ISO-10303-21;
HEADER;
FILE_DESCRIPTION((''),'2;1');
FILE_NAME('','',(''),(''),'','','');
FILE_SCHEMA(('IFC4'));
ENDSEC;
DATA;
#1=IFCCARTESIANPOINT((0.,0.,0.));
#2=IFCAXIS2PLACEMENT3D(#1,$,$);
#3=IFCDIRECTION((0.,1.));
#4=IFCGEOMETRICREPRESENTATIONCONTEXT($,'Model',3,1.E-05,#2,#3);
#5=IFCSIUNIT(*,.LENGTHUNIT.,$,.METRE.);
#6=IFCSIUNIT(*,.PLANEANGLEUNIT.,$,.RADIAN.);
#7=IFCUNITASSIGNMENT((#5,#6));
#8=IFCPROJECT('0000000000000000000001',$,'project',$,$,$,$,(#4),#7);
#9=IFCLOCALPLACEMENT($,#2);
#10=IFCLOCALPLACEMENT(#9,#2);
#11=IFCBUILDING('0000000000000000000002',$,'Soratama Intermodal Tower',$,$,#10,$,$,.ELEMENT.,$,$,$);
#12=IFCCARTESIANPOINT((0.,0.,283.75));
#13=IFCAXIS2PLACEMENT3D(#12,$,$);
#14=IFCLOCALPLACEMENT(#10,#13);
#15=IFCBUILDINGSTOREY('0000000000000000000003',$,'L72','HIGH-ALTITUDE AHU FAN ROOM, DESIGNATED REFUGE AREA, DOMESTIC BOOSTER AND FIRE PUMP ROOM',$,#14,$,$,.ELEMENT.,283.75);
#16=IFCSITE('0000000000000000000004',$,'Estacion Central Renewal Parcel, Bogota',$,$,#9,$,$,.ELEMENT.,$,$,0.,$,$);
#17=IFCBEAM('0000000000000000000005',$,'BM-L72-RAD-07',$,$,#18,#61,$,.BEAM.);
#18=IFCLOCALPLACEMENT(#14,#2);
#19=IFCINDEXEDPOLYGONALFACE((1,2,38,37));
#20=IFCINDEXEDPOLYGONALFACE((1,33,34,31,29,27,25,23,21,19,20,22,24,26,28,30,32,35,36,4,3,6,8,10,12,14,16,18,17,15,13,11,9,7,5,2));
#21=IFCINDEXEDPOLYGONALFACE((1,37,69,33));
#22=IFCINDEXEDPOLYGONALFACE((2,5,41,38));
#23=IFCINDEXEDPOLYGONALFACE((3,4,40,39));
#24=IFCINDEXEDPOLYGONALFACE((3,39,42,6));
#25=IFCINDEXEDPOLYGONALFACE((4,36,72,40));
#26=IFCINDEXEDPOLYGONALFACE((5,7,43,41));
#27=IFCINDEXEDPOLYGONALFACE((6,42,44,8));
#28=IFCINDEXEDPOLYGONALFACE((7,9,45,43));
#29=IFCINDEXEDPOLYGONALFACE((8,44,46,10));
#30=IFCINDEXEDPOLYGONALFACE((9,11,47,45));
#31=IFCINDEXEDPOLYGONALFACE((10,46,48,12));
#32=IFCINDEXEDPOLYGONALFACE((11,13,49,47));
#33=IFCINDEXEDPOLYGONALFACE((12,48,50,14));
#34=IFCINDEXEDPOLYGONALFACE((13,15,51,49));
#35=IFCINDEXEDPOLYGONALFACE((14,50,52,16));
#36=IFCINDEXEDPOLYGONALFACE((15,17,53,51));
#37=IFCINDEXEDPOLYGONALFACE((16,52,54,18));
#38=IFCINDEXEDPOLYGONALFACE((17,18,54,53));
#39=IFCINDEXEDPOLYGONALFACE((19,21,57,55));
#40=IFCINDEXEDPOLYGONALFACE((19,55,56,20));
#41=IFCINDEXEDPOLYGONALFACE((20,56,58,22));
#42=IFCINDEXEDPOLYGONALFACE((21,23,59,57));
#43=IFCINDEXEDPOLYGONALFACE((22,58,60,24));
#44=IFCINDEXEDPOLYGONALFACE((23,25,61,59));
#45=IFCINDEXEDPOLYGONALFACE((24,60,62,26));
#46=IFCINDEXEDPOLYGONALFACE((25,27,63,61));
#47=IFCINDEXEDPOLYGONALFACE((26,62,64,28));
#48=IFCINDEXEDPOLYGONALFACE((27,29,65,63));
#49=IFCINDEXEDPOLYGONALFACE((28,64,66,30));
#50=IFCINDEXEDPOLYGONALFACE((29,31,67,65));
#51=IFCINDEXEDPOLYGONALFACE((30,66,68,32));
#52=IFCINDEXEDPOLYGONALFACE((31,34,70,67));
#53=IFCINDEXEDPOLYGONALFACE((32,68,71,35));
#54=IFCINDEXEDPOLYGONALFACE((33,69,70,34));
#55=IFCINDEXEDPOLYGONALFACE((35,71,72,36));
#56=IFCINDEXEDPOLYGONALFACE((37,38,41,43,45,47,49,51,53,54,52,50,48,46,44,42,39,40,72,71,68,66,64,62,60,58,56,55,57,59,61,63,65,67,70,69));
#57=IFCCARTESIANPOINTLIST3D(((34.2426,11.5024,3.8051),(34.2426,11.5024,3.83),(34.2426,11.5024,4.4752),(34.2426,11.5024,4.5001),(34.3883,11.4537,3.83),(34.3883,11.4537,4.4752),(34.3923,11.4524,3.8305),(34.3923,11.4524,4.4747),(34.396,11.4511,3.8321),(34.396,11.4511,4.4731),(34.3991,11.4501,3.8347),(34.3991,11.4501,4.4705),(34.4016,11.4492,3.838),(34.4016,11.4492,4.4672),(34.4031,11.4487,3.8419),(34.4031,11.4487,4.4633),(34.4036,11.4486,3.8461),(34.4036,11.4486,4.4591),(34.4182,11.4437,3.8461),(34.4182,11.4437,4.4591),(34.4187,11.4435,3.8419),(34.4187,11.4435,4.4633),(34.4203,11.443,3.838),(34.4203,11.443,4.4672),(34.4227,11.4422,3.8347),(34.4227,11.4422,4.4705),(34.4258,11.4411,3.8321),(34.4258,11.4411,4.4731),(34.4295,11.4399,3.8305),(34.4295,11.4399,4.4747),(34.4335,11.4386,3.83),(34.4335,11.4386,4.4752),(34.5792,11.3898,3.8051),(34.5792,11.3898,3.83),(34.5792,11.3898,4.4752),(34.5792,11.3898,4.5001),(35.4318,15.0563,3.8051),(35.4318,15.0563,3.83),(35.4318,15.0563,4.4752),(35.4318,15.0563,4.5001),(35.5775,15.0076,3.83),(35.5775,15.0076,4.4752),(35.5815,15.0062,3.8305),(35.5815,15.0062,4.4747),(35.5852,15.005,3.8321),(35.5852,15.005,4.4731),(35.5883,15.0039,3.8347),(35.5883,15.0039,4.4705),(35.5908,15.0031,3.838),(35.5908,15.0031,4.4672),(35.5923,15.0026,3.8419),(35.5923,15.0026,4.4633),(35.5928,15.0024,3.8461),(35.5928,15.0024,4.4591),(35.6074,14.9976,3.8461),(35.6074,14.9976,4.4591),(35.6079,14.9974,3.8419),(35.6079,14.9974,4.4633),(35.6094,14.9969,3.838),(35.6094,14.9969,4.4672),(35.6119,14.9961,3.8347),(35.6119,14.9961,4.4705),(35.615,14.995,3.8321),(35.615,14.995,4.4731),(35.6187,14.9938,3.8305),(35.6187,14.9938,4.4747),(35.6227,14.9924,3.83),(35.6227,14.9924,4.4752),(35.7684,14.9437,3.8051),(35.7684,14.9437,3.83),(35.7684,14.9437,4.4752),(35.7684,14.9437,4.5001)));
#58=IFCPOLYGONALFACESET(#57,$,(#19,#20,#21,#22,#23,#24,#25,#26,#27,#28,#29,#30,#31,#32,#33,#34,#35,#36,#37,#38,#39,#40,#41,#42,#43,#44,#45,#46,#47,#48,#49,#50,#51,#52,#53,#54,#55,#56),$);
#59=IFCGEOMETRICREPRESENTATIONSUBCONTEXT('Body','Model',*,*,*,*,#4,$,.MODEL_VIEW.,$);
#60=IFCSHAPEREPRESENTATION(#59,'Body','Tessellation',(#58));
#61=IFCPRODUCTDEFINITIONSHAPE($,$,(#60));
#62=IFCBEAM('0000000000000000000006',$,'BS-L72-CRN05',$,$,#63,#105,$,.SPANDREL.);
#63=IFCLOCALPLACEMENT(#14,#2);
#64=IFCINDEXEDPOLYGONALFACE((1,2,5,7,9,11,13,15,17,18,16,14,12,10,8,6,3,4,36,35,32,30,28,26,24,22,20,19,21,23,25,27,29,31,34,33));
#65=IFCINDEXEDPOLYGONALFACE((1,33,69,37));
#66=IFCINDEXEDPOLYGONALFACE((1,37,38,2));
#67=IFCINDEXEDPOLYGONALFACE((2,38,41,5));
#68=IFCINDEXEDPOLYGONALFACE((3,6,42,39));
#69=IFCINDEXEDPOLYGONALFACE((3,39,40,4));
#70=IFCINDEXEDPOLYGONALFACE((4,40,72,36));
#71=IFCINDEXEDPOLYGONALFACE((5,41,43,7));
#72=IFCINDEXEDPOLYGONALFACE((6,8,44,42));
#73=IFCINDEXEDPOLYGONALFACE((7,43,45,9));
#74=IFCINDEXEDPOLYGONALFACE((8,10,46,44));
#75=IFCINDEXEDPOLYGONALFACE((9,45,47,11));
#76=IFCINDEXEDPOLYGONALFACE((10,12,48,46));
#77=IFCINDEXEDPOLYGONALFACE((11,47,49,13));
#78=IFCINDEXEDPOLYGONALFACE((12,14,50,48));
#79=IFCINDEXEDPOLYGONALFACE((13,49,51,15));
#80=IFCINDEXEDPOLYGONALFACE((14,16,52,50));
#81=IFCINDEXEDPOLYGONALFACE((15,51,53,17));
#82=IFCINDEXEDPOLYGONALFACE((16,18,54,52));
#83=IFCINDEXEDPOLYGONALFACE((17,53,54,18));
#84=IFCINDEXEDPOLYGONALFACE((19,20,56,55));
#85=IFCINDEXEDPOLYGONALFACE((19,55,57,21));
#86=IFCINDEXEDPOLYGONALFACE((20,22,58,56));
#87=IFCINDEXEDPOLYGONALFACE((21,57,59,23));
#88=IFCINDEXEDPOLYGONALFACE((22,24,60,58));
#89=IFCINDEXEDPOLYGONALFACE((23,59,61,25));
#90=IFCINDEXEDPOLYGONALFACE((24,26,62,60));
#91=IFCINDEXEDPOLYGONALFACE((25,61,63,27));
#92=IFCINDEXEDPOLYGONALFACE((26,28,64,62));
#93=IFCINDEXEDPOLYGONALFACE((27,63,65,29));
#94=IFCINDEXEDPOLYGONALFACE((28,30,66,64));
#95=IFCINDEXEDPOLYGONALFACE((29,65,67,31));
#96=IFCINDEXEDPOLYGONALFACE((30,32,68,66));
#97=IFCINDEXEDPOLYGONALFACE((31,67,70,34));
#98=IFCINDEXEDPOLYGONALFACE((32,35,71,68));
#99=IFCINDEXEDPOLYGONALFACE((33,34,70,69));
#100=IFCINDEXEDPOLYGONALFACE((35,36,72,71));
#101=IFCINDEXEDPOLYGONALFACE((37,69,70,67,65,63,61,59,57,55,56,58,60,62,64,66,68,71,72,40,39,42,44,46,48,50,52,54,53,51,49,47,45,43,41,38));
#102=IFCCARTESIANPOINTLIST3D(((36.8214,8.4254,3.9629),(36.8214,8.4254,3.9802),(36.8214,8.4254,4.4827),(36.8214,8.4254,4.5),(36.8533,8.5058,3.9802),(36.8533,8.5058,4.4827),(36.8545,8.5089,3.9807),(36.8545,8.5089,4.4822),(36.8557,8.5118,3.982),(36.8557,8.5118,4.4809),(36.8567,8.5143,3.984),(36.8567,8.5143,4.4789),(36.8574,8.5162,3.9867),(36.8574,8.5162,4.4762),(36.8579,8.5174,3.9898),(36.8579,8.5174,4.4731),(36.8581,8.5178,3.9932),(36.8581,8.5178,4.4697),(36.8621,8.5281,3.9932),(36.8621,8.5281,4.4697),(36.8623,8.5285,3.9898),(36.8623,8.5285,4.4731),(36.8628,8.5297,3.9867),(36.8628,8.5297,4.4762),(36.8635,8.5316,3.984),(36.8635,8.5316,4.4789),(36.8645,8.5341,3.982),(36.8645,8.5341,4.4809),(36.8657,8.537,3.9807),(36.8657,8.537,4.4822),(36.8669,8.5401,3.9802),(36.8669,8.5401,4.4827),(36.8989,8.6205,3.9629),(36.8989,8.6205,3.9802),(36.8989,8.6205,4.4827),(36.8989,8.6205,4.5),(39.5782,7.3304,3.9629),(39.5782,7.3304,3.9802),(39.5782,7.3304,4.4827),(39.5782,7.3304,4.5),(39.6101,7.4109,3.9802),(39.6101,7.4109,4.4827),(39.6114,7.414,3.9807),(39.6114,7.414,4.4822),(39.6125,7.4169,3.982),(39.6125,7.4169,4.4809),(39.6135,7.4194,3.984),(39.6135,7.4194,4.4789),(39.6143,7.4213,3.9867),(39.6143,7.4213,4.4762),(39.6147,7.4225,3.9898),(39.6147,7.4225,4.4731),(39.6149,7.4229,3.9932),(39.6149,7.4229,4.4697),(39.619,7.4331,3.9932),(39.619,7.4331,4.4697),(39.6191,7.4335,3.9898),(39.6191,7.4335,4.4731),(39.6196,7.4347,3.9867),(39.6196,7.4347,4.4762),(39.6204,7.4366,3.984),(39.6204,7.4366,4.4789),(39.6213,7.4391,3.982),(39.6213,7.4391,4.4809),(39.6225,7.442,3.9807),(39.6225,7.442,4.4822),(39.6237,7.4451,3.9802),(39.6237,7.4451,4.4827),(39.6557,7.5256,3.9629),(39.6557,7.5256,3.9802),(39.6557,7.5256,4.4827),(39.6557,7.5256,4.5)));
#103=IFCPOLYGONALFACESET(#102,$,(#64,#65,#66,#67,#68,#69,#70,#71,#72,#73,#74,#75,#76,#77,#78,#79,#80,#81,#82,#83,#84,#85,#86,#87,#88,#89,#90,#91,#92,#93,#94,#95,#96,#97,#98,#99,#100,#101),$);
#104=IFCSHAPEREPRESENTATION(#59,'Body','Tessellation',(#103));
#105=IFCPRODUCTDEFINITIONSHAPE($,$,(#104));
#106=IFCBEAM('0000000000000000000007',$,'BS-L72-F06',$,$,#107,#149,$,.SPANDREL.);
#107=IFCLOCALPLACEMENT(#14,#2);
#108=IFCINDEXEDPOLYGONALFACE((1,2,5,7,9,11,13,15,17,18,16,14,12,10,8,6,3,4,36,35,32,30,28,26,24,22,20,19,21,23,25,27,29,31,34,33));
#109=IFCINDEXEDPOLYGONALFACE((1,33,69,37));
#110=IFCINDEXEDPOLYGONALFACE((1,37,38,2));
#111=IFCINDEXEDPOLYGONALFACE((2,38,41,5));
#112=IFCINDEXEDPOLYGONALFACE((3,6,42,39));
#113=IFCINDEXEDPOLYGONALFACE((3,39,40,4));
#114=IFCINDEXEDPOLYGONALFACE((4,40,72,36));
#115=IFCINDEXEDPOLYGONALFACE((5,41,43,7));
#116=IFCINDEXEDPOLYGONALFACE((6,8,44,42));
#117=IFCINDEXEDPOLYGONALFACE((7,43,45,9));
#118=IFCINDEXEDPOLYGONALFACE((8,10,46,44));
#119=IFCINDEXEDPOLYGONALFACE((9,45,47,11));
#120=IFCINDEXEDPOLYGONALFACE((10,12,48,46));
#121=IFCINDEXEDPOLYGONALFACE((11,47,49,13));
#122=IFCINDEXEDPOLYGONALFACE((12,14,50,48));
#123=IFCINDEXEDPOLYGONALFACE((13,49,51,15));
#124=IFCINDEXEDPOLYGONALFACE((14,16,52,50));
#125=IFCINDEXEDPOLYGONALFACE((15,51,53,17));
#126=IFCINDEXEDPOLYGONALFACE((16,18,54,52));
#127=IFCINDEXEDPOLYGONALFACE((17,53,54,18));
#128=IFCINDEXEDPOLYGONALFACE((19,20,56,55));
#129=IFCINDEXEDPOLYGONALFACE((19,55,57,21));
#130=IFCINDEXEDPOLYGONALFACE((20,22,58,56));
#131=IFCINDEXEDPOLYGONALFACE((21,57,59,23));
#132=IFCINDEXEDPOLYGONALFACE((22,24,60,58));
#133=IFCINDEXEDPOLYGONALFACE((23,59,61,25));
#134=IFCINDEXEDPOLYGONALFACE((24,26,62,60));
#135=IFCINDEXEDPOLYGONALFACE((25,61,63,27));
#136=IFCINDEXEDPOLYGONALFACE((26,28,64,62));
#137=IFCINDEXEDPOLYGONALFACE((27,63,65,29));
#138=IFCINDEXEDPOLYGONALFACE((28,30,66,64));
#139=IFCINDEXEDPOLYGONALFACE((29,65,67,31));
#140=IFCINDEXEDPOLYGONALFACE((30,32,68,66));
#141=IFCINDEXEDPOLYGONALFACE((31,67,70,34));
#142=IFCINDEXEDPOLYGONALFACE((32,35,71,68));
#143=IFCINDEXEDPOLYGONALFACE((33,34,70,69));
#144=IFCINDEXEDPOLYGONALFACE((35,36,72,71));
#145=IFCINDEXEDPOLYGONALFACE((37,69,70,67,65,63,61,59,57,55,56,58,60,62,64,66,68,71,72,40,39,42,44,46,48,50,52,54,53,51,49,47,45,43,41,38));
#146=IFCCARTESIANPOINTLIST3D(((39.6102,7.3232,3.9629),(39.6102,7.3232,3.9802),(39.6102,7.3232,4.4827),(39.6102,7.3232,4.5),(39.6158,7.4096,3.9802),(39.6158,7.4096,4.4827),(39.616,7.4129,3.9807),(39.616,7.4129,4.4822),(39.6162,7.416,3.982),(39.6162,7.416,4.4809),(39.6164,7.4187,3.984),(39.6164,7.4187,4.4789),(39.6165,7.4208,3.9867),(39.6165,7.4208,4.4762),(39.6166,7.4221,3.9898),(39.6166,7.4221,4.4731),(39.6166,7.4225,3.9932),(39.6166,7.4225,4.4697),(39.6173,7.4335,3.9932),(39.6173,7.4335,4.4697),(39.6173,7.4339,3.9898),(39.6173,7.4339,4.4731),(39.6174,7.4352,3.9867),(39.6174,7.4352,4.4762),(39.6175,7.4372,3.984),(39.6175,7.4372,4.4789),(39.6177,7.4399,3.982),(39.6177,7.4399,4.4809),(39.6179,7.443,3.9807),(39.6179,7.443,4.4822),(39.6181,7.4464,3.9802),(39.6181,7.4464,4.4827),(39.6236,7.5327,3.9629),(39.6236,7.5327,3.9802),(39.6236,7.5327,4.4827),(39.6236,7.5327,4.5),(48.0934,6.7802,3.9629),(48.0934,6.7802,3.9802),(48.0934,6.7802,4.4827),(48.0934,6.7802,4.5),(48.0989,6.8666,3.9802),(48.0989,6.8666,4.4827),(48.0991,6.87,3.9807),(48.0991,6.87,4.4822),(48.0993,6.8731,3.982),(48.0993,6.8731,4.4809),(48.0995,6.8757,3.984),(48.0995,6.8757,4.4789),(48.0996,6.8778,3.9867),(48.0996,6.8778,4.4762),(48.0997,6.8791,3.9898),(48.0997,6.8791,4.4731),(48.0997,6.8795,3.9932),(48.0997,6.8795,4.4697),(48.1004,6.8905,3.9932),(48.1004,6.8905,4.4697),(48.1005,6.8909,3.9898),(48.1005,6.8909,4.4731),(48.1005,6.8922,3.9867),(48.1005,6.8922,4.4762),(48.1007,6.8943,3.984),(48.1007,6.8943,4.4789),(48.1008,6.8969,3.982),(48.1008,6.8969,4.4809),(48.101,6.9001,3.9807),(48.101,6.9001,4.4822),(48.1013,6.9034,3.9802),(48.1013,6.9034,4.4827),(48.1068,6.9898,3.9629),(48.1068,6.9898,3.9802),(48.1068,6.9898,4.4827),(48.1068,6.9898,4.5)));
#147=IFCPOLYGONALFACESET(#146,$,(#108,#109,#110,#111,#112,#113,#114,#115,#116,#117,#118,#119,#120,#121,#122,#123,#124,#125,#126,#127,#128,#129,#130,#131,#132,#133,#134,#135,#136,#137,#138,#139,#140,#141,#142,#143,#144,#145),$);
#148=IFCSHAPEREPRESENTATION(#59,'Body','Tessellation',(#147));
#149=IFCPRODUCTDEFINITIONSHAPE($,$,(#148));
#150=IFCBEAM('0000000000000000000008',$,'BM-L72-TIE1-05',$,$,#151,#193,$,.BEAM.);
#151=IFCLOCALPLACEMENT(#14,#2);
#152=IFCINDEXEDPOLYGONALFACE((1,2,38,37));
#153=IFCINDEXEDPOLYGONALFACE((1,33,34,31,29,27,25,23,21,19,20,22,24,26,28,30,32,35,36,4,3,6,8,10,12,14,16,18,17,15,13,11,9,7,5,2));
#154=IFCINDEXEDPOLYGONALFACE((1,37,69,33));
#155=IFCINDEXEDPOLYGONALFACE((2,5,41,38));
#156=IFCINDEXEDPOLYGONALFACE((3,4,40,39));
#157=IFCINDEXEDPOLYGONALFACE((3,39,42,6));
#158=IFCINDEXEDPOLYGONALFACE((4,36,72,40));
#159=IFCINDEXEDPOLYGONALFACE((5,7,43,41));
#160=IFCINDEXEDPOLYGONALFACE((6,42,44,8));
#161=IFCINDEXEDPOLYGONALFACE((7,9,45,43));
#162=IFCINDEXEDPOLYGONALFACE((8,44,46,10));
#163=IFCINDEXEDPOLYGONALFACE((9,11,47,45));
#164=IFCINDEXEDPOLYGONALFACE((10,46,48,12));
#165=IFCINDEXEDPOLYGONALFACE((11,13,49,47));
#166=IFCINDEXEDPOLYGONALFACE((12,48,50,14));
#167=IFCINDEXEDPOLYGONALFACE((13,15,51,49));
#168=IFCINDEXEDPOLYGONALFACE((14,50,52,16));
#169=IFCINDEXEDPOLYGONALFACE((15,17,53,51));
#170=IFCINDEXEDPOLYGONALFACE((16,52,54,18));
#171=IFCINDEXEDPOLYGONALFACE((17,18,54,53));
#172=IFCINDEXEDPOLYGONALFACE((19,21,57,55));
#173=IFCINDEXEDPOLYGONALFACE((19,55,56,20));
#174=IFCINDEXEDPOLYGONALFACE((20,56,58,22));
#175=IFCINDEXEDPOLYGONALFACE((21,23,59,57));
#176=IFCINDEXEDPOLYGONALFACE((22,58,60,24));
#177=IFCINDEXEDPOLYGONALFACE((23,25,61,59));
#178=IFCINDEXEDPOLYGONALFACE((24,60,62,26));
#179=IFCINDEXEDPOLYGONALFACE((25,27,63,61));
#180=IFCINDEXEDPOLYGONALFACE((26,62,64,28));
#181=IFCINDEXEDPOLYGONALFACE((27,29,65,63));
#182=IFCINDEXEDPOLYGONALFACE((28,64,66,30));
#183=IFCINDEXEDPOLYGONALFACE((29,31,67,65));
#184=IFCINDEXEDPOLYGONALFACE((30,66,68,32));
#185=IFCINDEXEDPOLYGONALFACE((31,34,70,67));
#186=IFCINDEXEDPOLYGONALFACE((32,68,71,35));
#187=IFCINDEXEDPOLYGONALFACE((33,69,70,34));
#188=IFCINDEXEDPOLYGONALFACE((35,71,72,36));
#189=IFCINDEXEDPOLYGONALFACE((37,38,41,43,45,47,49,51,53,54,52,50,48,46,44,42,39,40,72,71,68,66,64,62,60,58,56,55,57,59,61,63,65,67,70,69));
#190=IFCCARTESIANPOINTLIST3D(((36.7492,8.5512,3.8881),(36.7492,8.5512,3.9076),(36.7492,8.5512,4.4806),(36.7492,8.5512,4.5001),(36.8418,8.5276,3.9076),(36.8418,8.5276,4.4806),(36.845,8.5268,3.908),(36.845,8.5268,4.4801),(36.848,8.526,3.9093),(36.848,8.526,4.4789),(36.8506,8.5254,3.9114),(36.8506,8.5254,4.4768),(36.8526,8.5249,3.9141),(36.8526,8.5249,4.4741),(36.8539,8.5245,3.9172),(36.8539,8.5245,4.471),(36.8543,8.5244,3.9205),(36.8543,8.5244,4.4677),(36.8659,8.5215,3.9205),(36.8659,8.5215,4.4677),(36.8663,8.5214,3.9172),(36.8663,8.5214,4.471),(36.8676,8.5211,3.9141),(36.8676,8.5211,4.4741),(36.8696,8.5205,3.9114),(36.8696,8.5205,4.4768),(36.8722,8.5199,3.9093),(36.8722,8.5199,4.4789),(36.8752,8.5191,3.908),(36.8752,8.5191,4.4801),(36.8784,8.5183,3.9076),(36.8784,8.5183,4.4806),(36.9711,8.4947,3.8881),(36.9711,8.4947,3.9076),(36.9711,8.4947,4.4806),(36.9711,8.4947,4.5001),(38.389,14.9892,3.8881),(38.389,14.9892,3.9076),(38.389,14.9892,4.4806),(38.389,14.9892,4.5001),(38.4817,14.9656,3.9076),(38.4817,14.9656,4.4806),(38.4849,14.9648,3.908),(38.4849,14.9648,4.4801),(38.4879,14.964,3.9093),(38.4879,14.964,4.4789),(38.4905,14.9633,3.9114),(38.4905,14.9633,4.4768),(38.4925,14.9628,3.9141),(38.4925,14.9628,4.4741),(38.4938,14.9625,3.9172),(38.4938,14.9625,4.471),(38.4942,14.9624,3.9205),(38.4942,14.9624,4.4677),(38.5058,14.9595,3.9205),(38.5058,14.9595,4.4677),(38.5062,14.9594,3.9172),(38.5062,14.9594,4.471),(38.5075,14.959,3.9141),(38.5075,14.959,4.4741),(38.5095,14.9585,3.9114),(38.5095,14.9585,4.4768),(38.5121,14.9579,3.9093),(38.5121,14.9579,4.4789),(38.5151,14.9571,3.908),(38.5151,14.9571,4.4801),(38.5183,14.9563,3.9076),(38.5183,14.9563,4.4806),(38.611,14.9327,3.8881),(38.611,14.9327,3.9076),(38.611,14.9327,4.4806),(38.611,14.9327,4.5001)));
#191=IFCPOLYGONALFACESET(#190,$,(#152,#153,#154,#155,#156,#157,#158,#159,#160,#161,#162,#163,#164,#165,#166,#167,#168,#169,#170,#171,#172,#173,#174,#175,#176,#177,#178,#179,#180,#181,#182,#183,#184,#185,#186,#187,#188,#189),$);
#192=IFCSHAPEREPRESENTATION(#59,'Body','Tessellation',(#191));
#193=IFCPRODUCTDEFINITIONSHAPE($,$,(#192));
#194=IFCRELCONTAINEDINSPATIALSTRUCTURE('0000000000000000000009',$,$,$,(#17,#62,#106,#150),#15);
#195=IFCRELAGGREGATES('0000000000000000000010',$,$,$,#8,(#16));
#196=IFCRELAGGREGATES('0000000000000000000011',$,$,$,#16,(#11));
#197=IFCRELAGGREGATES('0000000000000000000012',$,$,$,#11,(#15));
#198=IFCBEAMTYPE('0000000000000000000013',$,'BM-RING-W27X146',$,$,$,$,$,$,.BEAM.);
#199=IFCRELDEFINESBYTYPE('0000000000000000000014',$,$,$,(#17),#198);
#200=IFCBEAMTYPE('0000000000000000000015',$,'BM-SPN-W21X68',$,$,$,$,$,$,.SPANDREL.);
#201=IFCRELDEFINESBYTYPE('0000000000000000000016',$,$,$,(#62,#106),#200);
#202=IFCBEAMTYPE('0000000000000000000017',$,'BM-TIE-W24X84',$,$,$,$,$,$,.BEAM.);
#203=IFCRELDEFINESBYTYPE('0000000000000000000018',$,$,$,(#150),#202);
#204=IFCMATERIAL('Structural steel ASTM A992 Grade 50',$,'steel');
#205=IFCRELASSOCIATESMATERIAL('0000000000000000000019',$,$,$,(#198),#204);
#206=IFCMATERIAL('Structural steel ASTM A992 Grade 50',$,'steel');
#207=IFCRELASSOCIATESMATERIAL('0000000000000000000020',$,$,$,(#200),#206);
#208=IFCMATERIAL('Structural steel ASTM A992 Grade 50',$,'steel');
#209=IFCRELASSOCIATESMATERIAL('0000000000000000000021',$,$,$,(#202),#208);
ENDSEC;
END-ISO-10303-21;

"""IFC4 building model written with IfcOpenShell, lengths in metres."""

from ifc_helpers import new_model, si_unit, direction, frame, origin, origin_2d, place, context, subcontext, project, spatial, i_section, extrude, material, material_profile, profile_set, type_object, element, save


model = new_model("IFC4")

# Units and contexts
model_context = context("Model", 3, precision=1e-05, world=origin(), true_north=direction((0.0, 1.0)))
body_context = subcontext(model_context, "Body", "Model", "MODEL_VIEW")
ifc_project = project(units=[si_unit("LENGTHUNIT", "METRE"), si_unit("PLANEANGLEUNIT", "RADIAN")], contexts=[model_context])

# Site, building, storey
site_placement = place(None, origin())
site = spatial("IfcSite", under=ifc_project, at=site_placement, Name="Estacion Central Renewal Parcel, Bogota", CompositionType="ELEMENT", RefElevation=0.0)
building_placement = place(site_placement, origin())
building = spatial("IfcBuilding", under=site, at=building_placement, Name="Soratama Intermodal Tower", CompositionType="ELEMENT")
storey_placement = place(building_placement, frame((0.0, 0.0, 283.75)))
storey = spatial("IfcBuildingStorey", under=building, at=storey_placement, Name="L72", Description="HIGH-ALTITUDE AHU FAN ROOM, DESIGNATED REFUGE AREA, DOMESTIC BOOSTER AND FIRE PUMP ROOM", CompositionType="ELEMENT", Elevation=283.75)

# Beams
ifc_material_1 = material(Name="Structural steel ASTM A992 Grade 50", Category="steel")
ifc_material_profile_1 = material_profile(ifc_material_1, i_section(OverallWidth=0.355, OverallDepth=0.6951, WebThickness=0.0154, FlangeThickness=0.0249, FilletRadius=0.0161, at=origin_2d()), Name="W27X146")
ifc_profile_set_1 = profile_set([ifc_material_profile_1], Name="Structural steel ASTM A992 Grade 50")
beam_type_1 = type_object("IfcBeamType", Name="BM-RING-W27X146", PredefinedType="BEAM", material=ifc_profile_set_1)
beam_1_placement = place(storey_placement, frame((35.6001, 15.0, 4.1526), z_axis=(-0.317322, -0.948318, 0.0), x_axis=(0.948318, -0.317322, 0.0)))
element("IfcBeam", 1, at=beam_1_placement, inside=storey, type_object=beam_type_1, Name="BM-L72-RAD-07", PredefinedType="BEAM", context=body_context, shape_type="SweptSolid", body=[
    extrude(i_section(OverallWidth=0.355, OverallDepth=0.6951, WebThickness=0.0154, FlangeThickness=0.0249, FilletRadius=0.0161, at=origin_2d()), origin(), (0.0, 0.0, 1.0), 3.7476),
])
ifc_material_2 = material(Name="Structural steel ASTM A992 Grade 50", Category="steel")
ifc_material_profile_2 = material_profile(ifc_material_2, i_section(OverallWidth=0.21, OverallDepth=0.5371, WebThickness=0.011, FlangeThickness=0.0173, FilletRadius=0.0129, at=origin_2d()), Name="W21X68")
ifc_profile_set_2 = profile_set([ifc_material_profile_2], Name="Structural steel ASTM A992 Grade 50")
beam_type_2 = type_object("IfcBeamType", Name="BM-SPN-W21X68", PredefinedType="SPANDREL", material=ifc_profile_set_2)
beam_2_placement = place(storey_placement, frame((36.8601, 8.5229, 4.2314), z_axis=(0.929376, -0.369133, 0.0), x_axis=(0.369133, 0.929376, 0.0)))
element("IfcBeam", 2, at=beam_2_placement, inside=storey, type_object=beam_type_2, Name="BS-L72-CRN05", PredefinedType="SPANDREL", context=body_context, shape_type="SweptSolid", body=[
    extrude(i_section(OverallWidth=0.21, OverallDepth=0.5371, WebThickness=0.011, FlangeThickness=0.0173, FilletRadius=0.0129, at=origin_2d()), origin(), (0.0, 0.0, 1.0), 2.9663),
])
beam_3_placement = place(storey_placement, frame((39.6169, 7.428, 4.2314), z_axis=(0.997958, -0.063875, 0.0), x_axis=(0.063875, 0.997958, 0.0)))
element("IfcBeam", 3, at=beam_3_placement, inside=storey, type_object=beam_type_2, Name="BS-L72-F06", PredefinedType="SPANDREL", context=body_context, shape_type="SweptSolid", body=[
    extrude(i_section(OverallWidth=0.21, OverallDepth=0.5371, WebThickness=0.011, FlangeThickness=0.0173, FilletRadius=0.0129, at=origin_2d()), origin(), (0.0, 0.0, 1.0), 8.5005),
])
ifc_material_3 = material(Name="Structural steel ASTM A992 Grade 50", Category="steel")
ifc_material_profile_3 = material_profile(ifc_material_3, i_section(OverallWidth=0.229, OverallDepth=0.6121, WebThickness=0.012, FlangeThickness=0.0195, FilletRadius=0.0129, at=origin_2d()), Name="W24X84")
ifc_profile_set_3 = profile_set([ifc_material_profile_3], Name="Structural steel ASTM A992 Grade 50")
beam_type_3 = type_object("IfcBeamType", Name="BM-TIE-W24X84", PredefinedType="BEAM", material=ifc_profile_set_3)
beam_4_placement = place(storey_placement, frame((38.5, 14.9609, 4.1941), z_axis=(-0.246839, -0.969056, 0.0), x_axis=(0.969056, -0.246839, 0.0)))
element("IfcBeam", 4, at=beam_4_placement, inside=storey, type_object=beam_type_3, Name="BM-L72-TIE1-05", PredefinedType="BEAM", context=body_context, shape_type="SweptSolid", body=[
    extrude(i_section(OverallWidth=0.229, OverallDepth=0.6121, WebThickness=0.012, FlangeThickness=0.0195, FilletRadius=0.0129, at=origin_2d()), origin(), (0.0, 0.0, 1.0), 6.6436),
])

save(model, "model.ifc")
